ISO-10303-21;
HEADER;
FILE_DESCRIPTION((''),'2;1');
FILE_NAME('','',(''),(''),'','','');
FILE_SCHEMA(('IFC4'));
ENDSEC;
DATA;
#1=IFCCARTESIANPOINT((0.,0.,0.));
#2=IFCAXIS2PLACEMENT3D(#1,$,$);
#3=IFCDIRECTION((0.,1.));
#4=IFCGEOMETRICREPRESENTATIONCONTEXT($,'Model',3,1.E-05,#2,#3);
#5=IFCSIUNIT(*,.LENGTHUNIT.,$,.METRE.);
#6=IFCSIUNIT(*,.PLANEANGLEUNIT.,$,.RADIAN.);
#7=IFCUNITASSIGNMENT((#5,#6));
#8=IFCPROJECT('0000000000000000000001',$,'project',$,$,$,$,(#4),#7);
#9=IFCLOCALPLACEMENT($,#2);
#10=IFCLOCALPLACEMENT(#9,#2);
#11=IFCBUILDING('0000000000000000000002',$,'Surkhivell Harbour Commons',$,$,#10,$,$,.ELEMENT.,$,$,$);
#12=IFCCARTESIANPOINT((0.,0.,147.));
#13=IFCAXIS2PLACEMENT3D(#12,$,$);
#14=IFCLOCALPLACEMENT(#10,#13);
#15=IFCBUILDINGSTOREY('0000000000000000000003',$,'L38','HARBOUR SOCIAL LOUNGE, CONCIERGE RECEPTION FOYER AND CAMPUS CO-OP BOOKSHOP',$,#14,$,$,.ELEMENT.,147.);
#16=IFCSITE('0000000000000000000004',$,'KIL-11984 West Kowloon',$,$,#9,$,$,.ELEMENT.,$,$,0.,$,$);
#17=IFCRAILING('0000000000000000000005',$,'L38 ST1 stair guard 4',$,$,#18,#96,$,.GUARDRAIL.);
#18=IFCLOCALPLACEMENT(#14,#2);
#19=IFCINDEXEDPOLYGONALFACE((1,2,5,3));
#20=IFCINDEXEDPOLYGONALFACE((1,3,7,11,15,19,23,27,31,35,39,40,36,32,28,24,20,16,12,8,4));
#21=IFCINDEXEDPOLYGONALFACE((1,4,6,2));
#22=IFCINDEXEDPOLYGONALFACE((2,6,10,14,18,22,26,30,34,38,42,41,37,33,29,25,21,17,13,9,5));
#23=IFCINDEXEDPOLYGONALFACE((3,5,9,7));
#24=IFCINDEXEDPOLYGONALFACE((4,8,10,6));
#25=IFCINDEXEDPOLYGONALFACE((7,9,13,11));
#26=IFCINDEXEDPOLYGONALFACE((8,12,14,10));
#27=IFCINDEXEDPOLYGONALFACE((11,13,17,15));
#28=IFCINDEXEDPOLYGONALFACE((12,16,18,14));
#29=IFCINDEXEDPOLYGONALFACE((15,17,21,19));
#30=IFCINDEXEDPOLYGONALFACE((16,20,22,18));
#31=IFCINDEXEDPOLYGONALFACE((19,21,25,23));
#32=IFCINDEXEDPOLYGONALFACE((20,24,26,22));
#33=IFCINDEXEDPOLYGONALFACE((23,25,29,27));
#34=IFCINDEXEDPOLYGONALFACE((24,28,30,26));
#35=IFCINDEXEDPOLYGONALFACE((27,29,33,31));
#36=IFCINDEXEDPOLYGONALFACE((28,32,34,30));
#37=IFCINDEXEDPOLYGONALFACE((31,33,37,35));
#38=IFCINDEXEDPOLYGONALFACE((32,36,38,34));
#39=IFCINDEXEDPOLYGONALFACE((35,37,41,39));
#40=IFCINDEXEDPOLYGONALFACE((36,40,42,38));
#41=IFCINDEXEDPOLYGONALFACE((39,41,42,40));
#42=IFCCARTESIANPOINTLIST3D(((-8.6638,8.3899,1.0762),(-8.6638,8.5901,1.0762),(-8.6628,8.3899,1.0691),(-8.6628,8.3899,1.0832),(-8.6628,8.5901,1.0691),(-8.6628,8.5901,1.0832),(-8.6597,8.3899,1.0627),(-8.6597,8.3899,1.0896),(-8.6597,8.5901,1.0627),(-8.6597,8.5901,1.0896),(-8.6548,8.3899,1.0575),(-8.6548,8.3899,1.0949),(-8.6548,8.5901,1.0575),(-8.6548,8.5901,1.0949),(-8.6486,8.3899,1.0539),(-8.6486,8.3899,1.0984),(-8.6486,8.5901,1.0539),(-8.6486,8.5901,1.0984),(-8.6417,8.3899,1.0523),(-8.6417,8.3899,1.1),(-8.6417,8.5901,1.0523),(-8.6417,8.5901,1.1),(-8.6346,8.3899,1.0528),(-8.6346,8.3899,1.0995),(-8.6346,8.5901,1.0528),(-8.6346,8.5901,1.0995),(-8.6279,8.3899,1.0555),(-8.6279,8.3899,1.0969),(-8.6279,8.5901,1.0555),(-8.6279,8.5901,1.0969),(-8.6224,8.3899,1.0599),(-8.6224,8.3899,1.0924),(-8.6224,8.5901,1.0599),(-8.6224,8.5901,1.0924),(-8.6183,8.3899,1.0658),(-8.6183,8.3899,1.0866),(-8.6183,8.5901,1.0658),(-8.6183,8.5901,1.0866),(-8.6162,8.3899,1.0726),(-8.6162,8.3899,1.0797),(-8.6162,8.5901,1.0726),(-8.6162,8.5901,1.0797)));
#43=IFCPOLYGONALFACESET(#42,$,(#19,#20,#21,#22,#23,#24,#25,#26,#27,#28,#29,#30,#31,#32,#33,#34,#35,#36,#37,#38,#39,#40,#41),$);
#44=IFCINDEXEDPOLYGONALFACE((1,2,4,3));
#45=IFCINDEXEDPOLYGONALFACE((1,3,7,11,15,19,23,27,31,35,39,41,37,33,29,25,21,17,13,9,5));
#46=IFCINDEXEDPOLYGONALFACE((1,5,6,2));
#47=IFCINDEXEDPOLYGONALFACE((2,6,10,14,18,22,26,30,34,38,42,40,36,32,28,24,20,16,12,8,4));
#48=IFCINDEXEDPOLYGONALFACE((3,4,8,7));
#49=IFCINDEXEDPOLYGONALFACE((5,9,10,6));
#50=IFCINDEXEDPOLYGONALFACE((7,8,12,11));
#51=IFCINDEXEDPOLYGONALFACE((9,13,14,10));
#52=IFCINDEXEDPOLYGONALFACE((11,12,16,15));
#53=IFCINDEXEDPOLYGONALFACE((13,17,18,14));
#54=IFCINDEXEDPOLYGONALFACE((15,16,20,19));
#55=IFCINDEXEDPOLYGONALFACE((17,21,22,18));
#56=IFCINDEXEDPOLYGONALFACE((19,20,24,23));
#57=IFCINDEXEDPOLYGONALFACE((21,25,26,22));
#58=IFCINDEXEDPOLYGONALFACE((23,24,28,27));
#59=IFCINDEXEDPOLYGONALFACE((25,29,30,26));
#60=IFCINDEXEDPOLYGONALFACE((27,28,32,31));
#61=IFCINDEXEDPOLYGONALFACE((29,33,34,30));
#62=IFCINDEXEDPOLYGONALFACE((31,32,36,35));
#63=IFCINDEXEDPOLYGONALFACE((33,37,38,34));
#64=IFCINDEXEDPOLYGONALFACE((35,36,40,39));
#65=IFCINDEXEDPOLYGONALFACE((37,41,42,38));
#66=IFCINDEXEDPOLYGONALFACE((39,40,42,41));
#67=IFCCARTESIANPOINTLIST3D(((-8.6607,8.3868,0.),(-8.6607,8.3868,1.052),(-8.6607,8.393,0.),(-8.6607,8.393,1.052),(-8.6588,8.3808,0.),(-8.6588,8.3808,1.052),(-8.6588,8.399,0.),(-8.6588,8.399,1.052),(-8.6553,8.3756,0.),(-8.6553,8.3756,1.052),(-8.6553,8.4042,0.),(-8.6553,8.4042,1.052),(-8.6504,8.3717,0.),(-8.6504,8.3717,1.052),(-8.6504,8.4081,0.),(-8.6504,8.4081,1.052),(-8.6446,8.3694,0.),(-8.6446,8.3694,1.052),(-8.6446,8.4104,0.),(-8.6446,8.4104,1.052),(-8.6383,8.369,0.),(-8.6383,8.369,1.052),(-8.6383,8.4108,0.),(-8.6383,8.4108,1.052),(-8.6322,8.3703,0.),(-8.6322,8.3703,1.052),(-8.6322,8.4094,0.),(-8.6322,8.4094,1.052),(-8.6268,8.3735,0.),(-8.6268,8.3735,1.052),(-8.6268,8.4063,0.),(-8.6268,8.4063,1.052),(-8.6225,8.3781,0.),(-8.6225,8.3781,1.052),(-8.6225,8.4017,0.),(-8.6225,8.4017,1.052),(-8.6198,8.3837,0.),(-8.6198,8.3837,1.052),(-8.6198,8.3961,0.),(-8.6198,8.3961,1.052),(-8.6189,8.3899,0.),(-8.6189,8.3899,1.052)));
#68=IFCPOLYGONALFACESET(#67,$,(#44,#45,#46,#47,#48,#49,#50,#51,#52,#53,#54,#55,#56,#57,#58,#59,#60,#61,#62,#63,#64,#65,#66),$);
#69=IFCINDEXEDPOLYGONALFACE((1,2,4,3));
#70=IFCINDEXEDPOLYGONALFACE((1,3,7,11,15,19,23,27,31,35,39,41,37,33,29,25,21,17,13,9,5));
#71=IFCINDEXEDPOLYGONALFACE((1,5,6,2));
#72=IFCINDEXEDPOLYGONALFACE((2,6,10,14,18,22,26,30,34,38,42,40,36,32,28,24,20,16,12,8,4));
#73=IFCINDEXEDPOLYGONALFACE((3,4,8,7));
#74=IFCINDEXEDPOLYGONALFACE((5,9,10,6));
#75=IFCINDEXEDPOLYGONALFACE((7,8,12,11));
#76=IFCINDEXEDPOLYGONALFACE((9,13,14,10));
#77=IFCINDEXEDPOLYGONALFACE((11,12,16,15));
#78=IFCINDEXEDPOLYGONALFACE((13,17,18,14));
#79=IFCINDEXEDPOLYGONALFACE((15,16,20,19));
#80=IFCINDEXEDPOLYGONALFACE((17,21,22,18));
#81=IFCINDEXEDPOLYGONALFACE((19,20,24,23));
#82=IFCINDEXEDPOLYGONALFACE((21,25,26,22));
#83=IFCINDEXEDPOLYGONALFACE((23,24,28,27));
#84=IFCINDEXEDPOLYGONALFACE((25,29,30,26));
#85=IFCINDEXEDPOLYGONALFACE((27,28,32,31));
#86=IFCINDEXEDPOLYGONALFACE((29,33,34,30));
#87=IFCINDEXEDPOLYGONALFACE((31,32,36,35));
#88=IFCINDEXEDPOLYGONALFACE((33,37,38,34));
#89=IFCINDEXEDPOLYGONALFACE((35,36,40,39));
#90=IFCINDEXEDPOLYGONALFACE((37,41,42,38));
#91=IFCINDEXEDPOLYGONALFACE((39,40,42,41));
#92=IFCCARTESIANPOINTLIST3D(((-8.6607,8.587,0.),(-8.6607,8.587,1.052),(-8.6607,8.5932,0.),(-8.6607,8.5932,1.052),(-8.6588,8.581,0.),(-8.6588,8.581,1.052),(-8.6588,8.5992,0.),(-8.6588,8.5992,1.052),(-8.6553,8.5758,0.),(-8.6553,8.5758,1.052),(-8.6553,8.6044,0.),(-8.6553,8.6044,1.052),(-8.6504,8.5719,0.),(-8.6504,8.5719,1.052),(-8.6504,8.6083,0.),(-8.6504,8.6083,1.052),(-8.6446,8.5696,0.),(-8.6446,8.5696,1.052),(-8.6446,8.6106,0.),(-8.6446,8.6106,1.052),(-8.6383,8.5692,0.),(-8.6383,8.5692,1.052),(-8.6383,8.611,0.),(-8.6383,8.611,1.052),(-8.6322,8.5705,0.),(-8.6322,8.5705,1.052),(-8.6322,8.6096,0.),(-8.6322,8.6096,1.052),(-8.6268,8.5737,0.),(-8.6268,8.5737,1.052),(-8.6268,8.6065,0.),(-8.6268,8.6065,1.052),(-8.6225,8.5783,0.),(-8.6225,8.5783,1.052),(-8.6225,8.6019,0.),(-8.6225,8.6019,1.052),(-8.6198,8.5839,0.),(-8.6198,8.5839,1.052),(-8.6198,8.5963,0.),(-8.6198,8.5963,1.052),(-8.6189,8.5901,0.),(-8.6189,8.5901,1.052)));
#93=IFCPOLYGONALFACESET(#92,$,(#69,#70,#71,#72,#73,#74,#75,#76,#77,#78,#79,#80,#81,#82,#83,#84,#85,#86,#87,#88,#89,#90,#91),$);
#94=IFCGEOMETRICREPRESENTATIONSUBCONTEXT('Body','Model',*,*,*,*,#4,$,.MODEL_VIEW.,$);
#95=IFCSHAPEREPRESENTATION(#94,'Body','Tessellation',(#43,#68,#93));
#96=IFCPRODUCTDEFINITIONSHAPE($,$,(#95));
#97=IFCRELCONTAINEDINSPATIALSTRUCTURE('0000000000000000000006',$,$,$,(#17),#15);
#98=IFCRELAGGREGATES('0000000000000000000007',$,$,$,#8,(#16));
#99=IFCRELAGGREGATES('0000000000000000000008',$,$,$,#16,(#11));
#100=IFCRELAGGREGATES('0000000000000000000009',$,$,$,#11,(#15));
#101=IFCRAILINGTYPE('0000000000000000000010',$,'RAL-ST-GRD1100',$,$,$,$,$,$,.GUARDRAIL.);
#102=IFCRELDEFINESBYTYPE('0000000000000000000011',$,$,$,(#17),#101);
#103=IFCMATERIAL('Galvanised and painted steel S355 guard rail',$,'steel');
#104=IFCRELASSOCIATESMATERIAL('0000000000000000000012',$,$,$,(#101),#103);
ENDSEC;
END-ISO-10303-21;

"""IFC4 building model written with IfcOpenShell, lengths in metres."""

from ifc_helpers import new_model, si_unit, direction, frame, origin, origin_2d, place, context, subcontext, project, spatial, circle, extrude, material, type_object, element, save


model = new_model("IFC4")

# Units and contexts
model_context = context("Model", 3, precision=1e-05, world=origin(), true_north=direction((0.0, 1.0)))
body_context = subcontext(model_context, "Body", "Model", "MODEL_VIEW")
ifc_project = project(units=[si_unit("LENGTHUNIT", "METRE"), si_unit("PLANEANGLEUNIT", "RADIAN")], contexts=[model_context])

# Site, building, storey
site_placement = place(None, origin())
site = spatial("IfcSite", under=ifc_project, at=site_placement, Name="KIL-11984 West Kowloon", CompositionType="ELEMENT", RefElevation=0.0)
building_placement = place(site_placement, origin())
building = spatial("IfcBuilding", under=site, at=building_placement, Name="Surkhivell Harbour Commons", CompositionType="ELEMENT")
storey_placement = place(building_placement, frame((0.0, 0.0, 147.0)))
storey = spatial("IfcBuildingStorey", under=building, at=storey_placement, Name="L38", Description="HARBOUR SOCIAL LOUNGE, CONCIERGE RECEPTION FOYER AND CAMPUS CO-OP BOOKSHOP", CompositionType="ELEMENT", Elevation=147.0)

# Railing
ifc_material_1 = material(Name="Galvanised and painted steel S355 guard rail", Category="steel")
railing_type_1 = type_object("IfcRailingType", Name="RAL-ST-GRD1100", PredefinedType="GUARDRAIL", material=ifc_material_1)
railing_1_placement = place(storey_placement, frame((-8.6399, 8.3899, 0.0)))
element("IfcRailing", 1, at=railing_1_placement, inside=storey, type_object=railing_type_1, Name="L38 ST1 stair guard 4", PredefinedType="GUARDRAIL", context=body_context, shape_type="SweptSolid", body=[
    extrude(circle(Radius=0.0239, at=origin_2d()), frame((0.0, 0.0, 1.0762), z_axis=(0.0, 1.0, 0.0), x_axis=(-1.0, 0.0, 0.0)), (0.0, 0.0, 1.0), 0.2002),
    extrude(circle(Radius=0.021, at=origin_2d()), origin(), (0.0, 0.0, 1.0), 1.052),
    extrude(circle(Radius=0.021, at=origin_2d()), frame((0.0, 0.2002, 0.0)), (0.0, 0.0, 1.0), 1.052),
])

save(model, "model.ifc")
